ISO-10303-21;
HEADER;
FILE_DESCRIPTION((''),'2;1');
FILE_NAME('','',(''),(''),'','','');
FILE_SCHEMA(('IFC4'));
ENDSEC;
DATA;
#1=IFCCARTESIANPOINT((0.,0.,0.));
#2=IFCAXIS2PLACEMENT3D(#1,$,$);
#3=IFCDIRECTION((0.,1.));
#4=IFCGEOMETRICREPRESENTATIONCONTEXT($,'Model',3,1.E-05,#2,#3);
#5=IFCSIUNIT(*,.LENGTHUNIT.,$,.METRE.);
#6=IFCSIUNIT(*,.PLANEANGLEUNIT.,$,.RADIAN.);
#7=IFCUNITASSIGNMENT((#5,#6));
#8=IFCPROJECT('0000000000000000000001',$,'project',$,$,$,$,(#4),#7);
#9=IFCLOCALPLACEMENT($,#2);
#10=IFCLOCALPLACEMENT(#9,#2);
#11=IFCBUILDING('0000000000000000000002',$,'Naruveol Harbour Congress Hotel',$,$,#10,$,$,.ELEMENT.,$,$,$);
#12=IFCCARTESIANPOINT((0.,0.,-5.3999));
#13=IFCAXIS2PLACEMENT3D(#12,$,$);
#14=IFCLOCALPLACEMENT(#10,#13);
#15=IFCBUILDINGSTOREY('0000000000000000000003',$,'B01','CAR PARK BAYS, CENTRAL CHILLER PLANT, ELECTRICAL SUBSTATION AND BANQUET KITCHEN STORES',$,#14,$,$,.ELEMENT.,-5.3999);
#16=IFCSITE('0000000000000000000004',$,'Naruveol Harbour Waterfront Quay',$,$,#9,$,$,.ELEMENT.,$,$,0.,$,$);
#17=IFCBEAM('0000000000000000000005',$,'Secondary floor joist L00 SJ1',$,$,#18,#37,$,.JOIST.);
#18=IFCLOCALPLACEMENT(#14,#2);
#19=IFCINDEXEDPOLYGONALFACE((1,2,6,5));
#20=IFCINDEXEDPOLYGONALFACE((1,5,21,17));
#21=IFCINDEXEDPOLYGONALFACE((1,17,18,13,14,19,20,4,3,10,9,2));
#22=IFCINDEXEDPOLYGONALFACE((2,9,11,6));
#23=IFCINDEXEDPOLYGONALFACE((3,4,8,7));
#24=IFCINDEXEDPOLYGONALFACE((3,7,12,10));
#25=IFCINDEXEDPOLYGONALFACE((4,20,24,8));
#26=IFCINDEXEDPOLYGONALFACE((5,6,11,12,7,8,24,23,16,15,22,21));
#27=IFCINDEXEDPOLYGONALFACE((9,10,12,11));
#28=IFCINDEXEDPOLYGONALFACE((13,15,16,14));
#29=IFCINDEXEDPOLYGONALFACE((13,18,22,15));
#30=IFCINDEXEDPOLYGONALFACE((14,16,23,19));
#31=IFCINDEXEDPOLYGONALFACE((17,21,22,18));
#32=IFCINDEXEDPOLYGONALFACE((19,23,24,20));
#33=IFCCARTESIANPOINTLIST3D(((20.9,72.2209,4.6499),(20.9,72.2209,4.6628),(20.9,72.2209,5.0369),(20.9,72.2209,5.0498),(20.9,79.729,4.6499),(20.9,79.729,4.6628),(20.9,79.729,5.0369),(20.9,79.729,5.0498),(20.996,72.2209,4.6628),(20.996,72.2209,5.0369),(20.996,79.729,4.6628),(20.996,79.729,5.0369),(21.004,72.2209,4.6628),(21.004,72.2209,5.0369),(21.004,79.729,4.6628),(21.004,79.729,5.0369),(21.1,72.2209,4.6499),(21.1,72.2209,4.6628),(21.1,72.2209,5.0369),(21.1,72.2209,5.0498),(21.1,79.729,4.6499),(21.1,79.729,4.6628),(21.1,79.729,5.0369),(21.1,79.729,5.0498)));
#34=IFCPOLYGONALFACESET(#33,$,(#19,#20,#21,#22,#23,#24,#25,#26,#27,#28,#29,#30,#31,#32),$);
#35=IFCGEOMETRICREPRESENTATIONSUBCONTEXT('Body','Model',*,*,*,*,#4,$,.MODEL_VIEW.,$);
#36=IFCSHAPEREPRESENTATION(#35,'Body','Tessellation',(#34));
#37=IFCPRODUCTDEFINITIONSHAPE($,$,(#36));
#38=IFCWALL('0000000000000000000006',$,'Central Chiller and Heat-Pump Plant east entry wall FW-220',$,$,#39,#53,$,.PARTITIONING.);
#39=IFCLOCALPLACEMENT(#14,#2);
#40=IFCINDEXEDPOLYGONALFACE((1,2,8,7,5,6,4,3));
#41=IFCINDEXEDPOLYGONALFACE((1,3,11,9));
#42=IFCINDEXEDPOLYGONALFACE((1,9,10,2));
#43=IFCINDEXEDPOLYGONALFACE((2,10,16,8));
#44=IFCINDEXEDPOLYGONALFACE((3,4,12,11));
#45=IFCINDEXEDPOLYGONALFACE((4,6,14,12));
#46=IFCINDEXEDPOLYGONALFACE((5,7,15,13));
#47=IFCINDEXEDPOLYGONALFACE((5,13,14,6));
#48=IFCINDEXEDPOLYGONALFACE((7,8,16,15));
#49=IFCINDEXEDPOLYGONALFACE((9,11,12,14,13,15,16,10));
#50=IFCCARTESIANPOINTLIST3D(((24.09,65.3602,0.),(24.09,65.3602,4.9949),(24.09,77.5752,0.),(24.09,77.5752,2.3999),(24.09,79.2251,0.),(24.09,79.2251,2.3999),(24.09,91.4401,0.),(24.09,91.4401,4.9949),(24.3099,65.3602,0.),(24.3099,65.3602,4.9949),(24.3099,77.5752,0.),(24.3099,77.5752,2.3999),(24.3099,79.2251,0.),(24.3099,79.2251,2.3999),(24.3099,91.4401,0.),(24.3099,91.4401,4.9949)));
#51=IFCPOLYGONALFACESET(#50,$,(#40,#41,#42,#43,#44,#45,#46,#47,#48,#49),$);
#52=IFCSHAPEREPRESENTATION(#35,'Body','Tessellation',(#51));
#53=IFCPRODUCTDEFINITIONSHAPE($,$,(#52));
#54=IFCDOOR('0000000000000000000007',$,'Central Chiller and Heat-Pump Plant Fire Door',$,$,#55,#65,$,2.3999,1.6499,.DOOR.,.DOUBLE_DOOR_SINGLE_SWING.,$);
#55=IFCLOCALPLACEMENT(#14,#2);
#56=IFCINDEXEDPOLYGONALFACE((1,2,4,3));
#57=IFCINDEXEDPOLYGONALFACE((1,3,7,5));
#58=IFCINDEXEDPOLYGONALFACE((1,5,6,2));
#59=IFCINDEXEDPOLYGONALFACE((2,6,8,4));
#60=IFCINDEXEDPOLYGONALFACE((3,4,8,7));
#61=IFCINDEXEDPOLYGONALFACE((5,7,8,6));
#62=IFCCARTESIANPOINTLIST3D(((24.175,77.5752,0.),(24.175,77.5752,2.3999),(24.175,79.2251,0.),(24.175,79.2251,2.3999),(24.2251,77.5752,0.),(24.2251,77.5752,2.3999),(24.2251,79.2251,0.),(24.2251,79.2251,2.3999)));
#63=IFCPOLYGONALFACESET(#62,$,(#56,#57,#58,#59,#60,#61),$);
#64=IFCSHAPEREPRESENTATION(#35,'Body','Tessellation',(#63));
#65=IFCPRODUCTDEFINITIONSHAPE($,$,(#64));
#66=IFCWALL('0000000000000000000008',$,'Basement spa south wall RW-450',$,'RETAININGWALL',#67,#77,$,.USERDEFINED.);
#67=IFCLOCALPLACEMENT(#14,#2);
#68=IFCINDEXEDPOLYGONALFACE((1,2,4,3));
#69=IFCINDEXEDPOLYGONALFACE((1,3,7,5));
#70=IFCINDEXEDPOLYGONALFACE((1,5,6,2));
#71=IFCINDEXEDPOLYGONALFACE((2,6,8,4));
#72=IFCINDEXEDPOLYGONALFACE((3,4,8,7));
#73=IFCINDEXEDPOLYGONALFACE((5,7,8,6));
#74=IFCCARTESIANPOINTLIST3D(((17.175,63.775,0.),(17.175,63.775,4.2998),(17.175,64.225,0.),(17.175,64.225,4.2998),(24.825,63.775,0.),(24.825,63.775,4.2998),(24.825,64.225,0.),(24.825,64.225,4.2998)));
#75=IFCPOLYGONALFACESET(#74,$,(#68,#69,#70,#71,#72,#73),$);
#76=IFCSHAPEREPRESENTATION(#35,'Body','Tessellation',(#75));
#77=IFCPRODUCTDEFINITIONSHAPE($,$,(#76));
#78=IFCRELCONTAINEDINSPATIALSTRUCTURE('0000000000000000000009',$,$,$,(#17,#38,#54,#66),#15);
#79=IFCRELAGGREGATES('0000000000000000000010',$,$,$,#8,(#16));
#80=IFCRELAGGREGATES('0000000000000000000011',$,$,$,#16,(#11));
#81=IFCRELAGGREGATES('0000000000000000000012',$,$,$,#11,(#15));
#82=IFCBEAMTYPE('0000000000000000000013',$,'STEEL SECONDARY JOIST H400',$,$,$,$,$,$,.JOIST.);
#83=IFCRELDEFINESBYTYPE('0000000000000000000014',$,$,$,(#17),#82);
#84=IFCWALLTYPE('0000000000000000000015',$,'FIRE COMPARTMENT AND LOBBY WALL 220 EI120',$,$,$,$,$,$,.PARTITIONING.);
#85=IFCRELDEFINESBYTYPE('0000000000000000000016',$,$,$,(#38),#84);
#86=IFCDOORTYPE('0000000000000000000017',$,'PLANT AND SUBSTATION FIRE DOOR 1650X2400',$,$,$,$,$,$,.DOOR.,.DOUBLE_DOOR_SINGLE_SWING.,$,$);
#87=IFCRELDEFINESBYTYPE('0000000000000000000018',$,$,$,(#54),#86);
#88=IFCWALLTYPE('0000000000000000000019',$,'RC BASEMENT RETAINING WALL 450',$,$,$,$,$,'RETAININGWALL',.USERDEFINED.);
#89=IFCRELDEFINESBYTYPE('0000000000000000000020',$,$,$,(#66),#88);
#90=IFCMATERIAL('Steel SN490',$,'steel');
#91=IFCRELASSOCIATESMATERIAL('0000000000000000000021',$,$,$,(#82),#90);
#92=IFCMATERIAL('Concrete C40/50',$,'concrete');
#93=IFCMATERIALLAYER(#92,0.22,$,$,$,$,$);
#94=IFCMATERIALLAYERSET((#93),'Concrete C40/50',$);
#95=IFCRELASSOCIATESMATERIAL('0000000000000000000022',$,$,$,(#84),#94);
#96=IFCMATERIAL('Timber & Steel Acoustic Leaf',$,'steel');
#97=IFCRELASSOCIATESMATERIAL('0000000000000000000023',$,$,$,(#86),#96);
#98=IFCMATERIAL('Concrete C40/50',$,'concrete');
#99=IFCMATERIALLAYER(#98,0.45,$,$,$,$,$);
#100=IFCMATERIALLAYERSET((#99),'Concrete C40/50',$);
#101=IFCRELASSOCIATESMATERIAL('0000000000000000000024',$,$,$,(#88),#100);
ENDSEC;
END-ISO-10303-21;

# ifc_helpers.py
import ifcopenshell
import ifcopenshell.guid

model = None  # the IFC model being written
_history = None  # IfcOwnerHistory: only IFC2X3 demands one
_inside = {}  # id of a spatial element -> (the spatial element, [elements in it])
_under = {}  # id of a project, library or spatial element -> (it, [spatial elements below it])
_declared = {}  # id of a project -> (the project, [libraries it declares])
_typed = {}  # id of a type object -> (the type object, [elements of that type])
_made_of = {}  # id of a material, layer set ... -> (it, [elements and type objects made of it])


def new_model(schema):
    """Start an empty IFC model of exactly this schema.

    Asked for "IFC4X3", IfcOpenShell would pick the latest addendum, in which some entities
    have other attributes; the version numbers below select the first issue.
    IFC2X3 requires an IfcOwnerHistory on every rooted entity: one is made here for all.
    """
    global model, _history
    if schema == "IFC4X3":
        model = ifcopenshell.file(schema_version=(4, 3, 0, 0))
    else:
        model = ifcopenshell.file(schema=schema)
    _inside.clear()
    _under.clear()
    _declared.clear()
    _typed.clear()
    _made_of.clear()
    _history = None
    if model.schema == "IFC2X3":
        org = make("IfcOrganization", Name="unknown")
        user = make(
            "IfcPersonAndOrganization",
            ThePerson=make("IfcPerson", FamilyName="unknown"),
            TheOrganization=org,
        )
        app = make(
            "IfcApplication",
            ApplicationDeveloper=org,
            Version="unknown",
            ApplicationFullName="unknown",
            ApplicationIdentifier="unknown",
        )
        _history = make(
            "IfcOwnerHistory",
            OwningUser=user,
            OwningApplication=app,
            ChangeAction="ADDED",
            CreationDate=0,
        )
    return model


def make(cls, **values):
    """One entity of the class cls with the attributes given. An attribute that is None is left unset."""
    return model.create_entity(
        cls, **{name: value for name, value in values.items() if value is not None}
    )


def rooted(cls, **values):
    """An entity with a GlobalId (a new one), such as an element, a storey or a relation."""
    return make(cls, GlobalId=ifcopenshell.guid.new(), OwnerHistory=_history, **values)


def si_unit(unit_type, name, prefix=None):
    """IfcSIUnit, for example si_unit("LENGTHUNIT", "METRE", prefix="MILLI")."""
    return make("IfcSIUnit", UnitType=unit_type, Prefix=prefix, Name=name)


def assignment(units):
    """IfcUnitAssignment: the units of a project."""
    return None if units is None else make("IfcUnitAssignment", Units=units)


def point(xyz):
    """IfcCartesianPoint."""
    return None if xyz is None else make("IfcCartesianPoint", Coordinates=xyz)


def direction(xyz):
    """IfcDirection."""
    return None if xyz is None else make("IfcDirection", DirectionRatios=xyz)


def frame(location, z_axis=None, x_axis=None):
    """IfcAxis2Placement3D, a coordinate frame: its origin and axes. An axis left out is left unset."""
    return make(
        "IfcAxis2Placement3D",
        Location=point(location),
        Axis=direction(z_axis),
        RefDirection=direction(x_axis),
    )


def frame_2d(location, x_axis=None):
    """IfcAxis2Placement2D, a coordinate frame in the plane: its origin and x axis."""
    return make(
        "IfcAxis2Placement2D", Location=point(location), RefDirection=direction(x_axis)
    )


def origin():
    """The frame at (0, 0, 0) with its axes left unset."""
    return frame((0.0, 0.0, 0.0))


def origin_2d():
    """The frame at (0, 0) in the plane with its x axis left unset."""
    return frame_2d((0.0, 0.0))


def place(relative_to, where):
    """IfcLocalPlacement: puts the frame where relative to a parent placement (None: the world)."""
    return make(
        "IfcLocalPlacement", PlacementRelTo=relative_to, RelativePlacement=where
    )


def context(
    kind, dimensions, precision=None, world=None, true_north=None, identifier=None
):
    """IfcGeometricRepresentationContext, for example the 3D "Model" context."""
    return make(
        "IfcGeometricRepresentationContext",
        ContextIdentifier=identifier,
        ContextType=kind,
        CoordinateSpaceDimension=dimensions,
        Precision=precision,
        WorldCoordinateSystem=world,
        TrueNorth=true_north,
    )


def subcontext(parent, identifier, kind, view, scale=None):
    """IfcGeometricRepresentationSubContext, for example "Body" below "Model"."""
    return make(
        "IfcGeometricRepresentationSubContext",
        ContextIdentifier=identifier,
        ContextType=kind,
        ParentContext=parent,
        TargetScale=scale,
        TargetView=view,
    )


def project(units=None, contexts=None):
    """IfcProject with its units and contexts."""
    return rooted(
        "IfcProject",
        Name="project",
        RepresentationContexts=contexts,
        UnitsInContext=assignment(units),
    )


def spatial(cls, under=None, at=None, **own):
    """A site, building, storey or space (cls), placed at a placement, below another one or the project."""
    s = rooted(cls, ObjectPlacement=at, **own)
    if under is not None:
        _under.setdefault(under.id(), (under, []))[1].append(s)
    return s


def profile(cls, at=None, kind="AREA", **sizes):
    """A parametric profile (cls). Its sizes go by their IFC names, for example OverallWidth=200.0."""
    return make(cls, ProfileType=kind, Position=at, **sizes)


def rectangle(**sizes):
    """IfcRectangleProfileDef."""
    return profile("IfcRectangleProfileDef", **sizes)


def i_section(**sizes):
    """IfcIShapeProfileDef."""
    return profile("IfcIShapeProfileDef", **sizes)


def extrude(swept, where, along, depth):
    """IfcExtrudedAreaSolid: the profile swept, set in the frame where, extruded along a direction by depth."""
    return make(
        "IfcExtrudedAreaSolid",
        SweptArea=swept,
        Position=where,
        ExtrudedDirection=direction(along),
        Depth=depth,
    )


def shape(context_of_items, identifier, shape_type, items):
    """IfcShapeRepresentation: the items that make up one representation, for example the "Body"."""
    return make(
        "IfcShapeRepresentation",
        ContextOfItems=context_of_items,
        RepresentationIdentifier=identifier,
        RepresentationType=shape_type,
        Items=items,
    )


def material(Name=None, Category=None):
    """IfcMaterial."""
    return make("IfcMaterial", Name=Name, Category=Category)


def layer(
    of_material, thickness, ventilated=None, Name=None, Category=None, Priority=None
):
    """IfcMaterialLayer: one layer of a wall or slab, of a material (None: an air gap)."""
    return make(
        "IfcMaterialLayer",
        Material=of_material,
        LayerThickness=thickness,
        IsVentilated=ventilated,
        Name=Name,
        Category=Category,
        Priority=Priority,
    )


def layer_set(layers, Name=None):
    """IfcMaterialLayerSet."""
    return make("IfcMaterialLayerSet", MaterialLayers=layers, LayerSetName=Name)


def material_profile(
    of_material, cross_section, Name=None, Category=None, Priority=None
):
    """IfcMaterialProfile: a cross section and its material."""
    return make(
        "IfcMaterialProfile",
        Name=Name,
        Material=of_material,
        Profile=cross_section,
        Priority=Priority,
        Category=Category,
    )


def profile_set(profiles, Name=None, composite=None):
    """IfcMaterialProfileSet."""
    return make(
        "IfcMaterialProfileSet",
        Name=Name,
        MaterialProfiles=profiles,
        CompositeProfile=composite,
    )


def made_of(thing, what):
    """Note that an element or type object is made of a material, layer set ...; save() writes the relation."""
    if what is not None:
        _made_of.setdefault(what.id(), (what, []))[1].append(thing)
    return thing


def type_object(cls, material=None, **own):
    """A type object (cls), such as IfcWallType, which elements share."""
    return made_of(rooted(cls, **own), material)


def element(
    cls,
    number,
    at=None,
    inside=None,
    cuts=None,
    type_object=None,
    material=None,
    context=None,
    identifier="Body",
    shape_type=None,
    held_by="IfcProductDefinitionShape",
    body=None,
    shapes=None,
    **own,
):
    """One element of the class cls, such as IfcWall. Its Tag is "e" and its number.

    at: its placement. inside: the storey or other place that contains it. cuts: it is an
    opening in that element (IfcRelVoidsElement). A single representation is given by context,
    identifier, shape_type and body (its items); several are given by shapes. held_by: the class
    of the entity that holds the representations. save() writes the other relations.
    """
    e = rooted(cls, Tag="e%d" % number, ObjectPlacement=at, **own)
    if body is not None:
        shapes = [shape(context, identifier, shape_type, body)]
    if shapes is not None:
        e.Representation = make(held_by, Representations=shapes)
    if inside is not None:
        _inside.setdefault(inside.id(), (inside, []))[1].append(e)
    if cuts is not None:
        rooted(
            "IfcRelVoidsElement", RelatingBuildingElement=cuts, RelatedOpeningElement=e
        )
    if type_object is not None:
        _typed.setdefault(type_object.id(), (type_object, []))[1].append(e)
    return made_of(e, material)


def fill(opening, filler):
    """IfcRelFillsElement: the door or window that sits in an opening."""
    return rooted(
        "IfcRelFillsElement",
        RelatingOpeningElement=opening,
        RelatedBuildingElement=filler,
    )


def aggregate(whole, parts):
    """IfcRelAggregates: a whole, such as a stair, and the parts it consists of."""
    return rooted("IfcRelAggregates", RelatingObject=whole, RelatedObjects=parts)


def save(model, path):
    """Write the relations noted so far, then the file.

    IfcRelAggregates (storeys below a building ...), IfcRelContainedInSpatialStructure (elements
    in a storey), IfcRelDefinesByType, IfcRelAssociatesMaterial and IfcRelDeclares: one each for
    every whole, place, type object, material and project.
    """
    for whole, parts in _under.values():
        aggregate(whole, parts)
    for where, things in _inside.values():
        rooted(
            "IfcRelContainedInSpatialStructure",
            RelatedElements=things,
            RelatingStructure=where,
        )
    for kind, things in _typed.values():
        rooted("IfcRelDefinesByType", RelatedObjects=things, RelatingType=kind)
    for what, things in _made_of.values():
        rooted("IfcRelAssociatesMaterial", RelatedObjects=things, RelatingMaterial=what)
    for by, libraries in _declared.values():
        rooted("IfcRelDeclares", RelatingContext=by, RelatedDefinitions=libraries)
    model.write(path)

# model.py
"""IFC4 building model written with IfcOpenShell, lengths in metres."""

from ifc_helpers import new_model, si_unit, direction, frame, frame_2d, origin, origin_2d, place, context, subcontext, project, spatial, rectangle, i_section, extrude, material, layer, layer_set, material_profile, profile_set, type_object, element, fill, save


model = new_model("IFC4")

# Units and contexts
model_context = context("Model", 3, precision=1e-05, world=origin(), true_north=direction((0.0, 1.0)))
body_context = subcontext(model_context, "Body", "Model", "MODEL_VIEW")
ifc_project = project(units=[si_unit("LENGTHUNIT", "METRE"), si_unit("PLANEANGLEUNIT", "RADIAN")], contexts=[model_context])

# Site, building, storey
site_placement = place(None, origin())
site = spatial("IfcSite", under=ifc_project, at=site_placement, Name="Naruveol Harbour Waterfront Quay", CompositionType="ELEMENT", RefElevation=0.0)
building_placement = place(site_placement, origin())
building = spatial("IfcBuilding", under=site, at=building_placement, Name="Naruveol Harbour Congress Hotel", CompositionType="ELEMENT")
storey_placement = place(building_placement, frame((0.0, 0.0, -5.3999)))
storey = spatial("IfcBuildingStorey", under=building, at=storey_placement, Name="B01", Description="CAR PARK BAYS, CENTRAL CHILLER PLANT, ELECTRICAL SUBSTATION AND BANQUET KITCHEN STORES", CompositionType="ELEMENT", Elevation=-5.3999)

# Beam
ifc_material_1 = material(Name="Steel SN490", Category="steel")
ifc_material_profile_1 = material_profile(ifc_material_1, i_section(OverallWidth=0.2, OverallDepth=0.3999, WebThickness=0.0081, FlangeThickness=0.0129, at=origin_2d()), Name="H-400x200x8x13")
ifc_profile_set_1 = profile_set([ifc_material_profile_1], Name="Steel SN490")
beam_type_1 = type_object("IfcBeamType", Name="STEEL SECONDARY JOIST H400", PredefinedType="JOIST", material=ifc_profile_set_1)
beam_1_placement = place(storey_placement, frame((21.0, 72.2209, 4.8499), z_axis=(0.0, 1.0, 0.0), x_axis=(-1.0, 0.0, 0.0)))
element("IfcBeam", 1, at=beam_1_placement, inside=storey, type_object=beam_type_1, Name="Secondary floor joist L00 SJ1", PredefinedType="JOIST", context=body_context, shape_type="SweptSolid", body=[
    extrude(i_section(OverallWidth=0.2, OverallDepth=0.3999, WebThickness=0.0081, FlangeThickness=0.0129, at=origin_2d()), origin(), (0.0, 0.0, 1.0), 7.5081),
])

# Wall, opening, door
ifc_material_2 = material(Name="Concrete C40/50", Category="concrete")
ifc_layer_1 = layer(ifc_material_2, 0.22)
ifc_layer_set_1 = layer_set([ifc_layer_1], Name="Concrete C40/50")
wall_type_1 = type_object("IfcWallType", Name="FIRE COMPARTMENT AND LOBBY WALL 220 EI120", PredefinedType="PARTITIONING", material=ifc_layer_set_1)
wall_1_placement = place(storey_placement, frame((24.2, 65.3601, 0.0), z_axis=(0.0, 0.0, 1.0), x_axis=(0.0, 1.0, 0.0)))
wall_1 = element("IfcWall", 2, at=wall_1_placement, inside=storey, type_object=wall_type_1, Name="Central Chiller and Heat-Pump Plant east entry wall FW-220", PredefinedType="PARTITIONING", context=body_context, shape_type="SweptSolid", body=[
    extrude(rectangle(XDim=26.0798, YDim=0.22, at=frame_2d((13.04, 0.0))), origin(), (0.0, 0.0, 1.0), 4.9949),
])
opening_placement = place(wall_1_placement, frame((12.2151, 0.0, 0.0)))
opening = element("IfcOpeningElement", 3, at=opening_placement, cuts=wall_1, PredefinedType="OPENING", context=body_context, shape_type="SweptSolid", body=[
    extrude(rectangle(XDim=1.6499, YDim=2.3999, at=frame_2d((0.825, 1.2))), frame((0.0, 0.1199, 0.0), z_axis=(0.0, -1.0, 0.0), x_axis=(1.0, 0.0, 0.0)), (0.0, 0.0, 1.0), 0.24),
])
ifc_material_3 = material(Name="Timber & Steel Acoustic Leaf", Category="steel")
door_type = type_object("IfcDoorType", Name="PLANT AND SUBSTATION FIRE DOOR 1650X2400", OperationType="DOUBLE_DOOR_SINGLE_SWING", PredefinedType="DOOR", material=ifc_material_3)
door_placement = place(opening_placement, origin())
door = element("IfcDoor", 4, at=door_placement, inside=storey, type_object=door_type, Name="Central Chiller and Heat-Pump Plant Fire Door", OperationType="DOUBLE_DOOR_SINGLE_SWING", OverallHeight=2.3999, OverallWidth=1.6499, PredefinedType="DOOR", context=body_context, shape_type="SweptSolid", body=[
    extrude(rectangle(XDim=1.6499, YDim=2.3999, at=frame_2d((0.825, 1.2))), frame((0.0, 0.0249, 0.0), z_axis=(0.0, -1.0, 0.0), x_axis=(1.0, 0.0, 0.0)), (0.0, 0.0, 1.0), 0.05),
])
fill(opening, door)

# Wall
ifc_material_4 = material(Name="Concrete C40/50", Category="concrete")
ifc_layer_2 = layer(ifc_material_4, 0.45)
ifc_layer_set_2 = layer_set([ifc_layer_2], Name="Concrete C40/50")
wall_type_2 = type_object("IfcWallType", Name="RC BASEMENT RETAINING WALL 450", ElementType="RETAININGWALL", PredefinedType="USERDEFINED", material=ifc_layer_set_2)
wall_2_placement = place(storey_placement, frame((24.825, 64.0, 0.0), z_axis=(0.0, 0.0, 1.0), x_axis=(-1.0, 0.0, 0.0)))
element("IfcWall", 5, at=wall_2_placement, inside=storey, type_object=wall_type_2, Name="Basement spa south wall RW-450", ObjectType="RETAININGWALL", PredefinedType="USERDEFINED", context=body_context, shape_type="SweptSolid", body=[
    extrude(rectangle(XDim=7.6499, YDim=0.45, at=frame_2d((3.825, 0.0))), origin(), (0.0, 0.0, 1.0), 4.2998),
])

save(model, "model.ifc")
